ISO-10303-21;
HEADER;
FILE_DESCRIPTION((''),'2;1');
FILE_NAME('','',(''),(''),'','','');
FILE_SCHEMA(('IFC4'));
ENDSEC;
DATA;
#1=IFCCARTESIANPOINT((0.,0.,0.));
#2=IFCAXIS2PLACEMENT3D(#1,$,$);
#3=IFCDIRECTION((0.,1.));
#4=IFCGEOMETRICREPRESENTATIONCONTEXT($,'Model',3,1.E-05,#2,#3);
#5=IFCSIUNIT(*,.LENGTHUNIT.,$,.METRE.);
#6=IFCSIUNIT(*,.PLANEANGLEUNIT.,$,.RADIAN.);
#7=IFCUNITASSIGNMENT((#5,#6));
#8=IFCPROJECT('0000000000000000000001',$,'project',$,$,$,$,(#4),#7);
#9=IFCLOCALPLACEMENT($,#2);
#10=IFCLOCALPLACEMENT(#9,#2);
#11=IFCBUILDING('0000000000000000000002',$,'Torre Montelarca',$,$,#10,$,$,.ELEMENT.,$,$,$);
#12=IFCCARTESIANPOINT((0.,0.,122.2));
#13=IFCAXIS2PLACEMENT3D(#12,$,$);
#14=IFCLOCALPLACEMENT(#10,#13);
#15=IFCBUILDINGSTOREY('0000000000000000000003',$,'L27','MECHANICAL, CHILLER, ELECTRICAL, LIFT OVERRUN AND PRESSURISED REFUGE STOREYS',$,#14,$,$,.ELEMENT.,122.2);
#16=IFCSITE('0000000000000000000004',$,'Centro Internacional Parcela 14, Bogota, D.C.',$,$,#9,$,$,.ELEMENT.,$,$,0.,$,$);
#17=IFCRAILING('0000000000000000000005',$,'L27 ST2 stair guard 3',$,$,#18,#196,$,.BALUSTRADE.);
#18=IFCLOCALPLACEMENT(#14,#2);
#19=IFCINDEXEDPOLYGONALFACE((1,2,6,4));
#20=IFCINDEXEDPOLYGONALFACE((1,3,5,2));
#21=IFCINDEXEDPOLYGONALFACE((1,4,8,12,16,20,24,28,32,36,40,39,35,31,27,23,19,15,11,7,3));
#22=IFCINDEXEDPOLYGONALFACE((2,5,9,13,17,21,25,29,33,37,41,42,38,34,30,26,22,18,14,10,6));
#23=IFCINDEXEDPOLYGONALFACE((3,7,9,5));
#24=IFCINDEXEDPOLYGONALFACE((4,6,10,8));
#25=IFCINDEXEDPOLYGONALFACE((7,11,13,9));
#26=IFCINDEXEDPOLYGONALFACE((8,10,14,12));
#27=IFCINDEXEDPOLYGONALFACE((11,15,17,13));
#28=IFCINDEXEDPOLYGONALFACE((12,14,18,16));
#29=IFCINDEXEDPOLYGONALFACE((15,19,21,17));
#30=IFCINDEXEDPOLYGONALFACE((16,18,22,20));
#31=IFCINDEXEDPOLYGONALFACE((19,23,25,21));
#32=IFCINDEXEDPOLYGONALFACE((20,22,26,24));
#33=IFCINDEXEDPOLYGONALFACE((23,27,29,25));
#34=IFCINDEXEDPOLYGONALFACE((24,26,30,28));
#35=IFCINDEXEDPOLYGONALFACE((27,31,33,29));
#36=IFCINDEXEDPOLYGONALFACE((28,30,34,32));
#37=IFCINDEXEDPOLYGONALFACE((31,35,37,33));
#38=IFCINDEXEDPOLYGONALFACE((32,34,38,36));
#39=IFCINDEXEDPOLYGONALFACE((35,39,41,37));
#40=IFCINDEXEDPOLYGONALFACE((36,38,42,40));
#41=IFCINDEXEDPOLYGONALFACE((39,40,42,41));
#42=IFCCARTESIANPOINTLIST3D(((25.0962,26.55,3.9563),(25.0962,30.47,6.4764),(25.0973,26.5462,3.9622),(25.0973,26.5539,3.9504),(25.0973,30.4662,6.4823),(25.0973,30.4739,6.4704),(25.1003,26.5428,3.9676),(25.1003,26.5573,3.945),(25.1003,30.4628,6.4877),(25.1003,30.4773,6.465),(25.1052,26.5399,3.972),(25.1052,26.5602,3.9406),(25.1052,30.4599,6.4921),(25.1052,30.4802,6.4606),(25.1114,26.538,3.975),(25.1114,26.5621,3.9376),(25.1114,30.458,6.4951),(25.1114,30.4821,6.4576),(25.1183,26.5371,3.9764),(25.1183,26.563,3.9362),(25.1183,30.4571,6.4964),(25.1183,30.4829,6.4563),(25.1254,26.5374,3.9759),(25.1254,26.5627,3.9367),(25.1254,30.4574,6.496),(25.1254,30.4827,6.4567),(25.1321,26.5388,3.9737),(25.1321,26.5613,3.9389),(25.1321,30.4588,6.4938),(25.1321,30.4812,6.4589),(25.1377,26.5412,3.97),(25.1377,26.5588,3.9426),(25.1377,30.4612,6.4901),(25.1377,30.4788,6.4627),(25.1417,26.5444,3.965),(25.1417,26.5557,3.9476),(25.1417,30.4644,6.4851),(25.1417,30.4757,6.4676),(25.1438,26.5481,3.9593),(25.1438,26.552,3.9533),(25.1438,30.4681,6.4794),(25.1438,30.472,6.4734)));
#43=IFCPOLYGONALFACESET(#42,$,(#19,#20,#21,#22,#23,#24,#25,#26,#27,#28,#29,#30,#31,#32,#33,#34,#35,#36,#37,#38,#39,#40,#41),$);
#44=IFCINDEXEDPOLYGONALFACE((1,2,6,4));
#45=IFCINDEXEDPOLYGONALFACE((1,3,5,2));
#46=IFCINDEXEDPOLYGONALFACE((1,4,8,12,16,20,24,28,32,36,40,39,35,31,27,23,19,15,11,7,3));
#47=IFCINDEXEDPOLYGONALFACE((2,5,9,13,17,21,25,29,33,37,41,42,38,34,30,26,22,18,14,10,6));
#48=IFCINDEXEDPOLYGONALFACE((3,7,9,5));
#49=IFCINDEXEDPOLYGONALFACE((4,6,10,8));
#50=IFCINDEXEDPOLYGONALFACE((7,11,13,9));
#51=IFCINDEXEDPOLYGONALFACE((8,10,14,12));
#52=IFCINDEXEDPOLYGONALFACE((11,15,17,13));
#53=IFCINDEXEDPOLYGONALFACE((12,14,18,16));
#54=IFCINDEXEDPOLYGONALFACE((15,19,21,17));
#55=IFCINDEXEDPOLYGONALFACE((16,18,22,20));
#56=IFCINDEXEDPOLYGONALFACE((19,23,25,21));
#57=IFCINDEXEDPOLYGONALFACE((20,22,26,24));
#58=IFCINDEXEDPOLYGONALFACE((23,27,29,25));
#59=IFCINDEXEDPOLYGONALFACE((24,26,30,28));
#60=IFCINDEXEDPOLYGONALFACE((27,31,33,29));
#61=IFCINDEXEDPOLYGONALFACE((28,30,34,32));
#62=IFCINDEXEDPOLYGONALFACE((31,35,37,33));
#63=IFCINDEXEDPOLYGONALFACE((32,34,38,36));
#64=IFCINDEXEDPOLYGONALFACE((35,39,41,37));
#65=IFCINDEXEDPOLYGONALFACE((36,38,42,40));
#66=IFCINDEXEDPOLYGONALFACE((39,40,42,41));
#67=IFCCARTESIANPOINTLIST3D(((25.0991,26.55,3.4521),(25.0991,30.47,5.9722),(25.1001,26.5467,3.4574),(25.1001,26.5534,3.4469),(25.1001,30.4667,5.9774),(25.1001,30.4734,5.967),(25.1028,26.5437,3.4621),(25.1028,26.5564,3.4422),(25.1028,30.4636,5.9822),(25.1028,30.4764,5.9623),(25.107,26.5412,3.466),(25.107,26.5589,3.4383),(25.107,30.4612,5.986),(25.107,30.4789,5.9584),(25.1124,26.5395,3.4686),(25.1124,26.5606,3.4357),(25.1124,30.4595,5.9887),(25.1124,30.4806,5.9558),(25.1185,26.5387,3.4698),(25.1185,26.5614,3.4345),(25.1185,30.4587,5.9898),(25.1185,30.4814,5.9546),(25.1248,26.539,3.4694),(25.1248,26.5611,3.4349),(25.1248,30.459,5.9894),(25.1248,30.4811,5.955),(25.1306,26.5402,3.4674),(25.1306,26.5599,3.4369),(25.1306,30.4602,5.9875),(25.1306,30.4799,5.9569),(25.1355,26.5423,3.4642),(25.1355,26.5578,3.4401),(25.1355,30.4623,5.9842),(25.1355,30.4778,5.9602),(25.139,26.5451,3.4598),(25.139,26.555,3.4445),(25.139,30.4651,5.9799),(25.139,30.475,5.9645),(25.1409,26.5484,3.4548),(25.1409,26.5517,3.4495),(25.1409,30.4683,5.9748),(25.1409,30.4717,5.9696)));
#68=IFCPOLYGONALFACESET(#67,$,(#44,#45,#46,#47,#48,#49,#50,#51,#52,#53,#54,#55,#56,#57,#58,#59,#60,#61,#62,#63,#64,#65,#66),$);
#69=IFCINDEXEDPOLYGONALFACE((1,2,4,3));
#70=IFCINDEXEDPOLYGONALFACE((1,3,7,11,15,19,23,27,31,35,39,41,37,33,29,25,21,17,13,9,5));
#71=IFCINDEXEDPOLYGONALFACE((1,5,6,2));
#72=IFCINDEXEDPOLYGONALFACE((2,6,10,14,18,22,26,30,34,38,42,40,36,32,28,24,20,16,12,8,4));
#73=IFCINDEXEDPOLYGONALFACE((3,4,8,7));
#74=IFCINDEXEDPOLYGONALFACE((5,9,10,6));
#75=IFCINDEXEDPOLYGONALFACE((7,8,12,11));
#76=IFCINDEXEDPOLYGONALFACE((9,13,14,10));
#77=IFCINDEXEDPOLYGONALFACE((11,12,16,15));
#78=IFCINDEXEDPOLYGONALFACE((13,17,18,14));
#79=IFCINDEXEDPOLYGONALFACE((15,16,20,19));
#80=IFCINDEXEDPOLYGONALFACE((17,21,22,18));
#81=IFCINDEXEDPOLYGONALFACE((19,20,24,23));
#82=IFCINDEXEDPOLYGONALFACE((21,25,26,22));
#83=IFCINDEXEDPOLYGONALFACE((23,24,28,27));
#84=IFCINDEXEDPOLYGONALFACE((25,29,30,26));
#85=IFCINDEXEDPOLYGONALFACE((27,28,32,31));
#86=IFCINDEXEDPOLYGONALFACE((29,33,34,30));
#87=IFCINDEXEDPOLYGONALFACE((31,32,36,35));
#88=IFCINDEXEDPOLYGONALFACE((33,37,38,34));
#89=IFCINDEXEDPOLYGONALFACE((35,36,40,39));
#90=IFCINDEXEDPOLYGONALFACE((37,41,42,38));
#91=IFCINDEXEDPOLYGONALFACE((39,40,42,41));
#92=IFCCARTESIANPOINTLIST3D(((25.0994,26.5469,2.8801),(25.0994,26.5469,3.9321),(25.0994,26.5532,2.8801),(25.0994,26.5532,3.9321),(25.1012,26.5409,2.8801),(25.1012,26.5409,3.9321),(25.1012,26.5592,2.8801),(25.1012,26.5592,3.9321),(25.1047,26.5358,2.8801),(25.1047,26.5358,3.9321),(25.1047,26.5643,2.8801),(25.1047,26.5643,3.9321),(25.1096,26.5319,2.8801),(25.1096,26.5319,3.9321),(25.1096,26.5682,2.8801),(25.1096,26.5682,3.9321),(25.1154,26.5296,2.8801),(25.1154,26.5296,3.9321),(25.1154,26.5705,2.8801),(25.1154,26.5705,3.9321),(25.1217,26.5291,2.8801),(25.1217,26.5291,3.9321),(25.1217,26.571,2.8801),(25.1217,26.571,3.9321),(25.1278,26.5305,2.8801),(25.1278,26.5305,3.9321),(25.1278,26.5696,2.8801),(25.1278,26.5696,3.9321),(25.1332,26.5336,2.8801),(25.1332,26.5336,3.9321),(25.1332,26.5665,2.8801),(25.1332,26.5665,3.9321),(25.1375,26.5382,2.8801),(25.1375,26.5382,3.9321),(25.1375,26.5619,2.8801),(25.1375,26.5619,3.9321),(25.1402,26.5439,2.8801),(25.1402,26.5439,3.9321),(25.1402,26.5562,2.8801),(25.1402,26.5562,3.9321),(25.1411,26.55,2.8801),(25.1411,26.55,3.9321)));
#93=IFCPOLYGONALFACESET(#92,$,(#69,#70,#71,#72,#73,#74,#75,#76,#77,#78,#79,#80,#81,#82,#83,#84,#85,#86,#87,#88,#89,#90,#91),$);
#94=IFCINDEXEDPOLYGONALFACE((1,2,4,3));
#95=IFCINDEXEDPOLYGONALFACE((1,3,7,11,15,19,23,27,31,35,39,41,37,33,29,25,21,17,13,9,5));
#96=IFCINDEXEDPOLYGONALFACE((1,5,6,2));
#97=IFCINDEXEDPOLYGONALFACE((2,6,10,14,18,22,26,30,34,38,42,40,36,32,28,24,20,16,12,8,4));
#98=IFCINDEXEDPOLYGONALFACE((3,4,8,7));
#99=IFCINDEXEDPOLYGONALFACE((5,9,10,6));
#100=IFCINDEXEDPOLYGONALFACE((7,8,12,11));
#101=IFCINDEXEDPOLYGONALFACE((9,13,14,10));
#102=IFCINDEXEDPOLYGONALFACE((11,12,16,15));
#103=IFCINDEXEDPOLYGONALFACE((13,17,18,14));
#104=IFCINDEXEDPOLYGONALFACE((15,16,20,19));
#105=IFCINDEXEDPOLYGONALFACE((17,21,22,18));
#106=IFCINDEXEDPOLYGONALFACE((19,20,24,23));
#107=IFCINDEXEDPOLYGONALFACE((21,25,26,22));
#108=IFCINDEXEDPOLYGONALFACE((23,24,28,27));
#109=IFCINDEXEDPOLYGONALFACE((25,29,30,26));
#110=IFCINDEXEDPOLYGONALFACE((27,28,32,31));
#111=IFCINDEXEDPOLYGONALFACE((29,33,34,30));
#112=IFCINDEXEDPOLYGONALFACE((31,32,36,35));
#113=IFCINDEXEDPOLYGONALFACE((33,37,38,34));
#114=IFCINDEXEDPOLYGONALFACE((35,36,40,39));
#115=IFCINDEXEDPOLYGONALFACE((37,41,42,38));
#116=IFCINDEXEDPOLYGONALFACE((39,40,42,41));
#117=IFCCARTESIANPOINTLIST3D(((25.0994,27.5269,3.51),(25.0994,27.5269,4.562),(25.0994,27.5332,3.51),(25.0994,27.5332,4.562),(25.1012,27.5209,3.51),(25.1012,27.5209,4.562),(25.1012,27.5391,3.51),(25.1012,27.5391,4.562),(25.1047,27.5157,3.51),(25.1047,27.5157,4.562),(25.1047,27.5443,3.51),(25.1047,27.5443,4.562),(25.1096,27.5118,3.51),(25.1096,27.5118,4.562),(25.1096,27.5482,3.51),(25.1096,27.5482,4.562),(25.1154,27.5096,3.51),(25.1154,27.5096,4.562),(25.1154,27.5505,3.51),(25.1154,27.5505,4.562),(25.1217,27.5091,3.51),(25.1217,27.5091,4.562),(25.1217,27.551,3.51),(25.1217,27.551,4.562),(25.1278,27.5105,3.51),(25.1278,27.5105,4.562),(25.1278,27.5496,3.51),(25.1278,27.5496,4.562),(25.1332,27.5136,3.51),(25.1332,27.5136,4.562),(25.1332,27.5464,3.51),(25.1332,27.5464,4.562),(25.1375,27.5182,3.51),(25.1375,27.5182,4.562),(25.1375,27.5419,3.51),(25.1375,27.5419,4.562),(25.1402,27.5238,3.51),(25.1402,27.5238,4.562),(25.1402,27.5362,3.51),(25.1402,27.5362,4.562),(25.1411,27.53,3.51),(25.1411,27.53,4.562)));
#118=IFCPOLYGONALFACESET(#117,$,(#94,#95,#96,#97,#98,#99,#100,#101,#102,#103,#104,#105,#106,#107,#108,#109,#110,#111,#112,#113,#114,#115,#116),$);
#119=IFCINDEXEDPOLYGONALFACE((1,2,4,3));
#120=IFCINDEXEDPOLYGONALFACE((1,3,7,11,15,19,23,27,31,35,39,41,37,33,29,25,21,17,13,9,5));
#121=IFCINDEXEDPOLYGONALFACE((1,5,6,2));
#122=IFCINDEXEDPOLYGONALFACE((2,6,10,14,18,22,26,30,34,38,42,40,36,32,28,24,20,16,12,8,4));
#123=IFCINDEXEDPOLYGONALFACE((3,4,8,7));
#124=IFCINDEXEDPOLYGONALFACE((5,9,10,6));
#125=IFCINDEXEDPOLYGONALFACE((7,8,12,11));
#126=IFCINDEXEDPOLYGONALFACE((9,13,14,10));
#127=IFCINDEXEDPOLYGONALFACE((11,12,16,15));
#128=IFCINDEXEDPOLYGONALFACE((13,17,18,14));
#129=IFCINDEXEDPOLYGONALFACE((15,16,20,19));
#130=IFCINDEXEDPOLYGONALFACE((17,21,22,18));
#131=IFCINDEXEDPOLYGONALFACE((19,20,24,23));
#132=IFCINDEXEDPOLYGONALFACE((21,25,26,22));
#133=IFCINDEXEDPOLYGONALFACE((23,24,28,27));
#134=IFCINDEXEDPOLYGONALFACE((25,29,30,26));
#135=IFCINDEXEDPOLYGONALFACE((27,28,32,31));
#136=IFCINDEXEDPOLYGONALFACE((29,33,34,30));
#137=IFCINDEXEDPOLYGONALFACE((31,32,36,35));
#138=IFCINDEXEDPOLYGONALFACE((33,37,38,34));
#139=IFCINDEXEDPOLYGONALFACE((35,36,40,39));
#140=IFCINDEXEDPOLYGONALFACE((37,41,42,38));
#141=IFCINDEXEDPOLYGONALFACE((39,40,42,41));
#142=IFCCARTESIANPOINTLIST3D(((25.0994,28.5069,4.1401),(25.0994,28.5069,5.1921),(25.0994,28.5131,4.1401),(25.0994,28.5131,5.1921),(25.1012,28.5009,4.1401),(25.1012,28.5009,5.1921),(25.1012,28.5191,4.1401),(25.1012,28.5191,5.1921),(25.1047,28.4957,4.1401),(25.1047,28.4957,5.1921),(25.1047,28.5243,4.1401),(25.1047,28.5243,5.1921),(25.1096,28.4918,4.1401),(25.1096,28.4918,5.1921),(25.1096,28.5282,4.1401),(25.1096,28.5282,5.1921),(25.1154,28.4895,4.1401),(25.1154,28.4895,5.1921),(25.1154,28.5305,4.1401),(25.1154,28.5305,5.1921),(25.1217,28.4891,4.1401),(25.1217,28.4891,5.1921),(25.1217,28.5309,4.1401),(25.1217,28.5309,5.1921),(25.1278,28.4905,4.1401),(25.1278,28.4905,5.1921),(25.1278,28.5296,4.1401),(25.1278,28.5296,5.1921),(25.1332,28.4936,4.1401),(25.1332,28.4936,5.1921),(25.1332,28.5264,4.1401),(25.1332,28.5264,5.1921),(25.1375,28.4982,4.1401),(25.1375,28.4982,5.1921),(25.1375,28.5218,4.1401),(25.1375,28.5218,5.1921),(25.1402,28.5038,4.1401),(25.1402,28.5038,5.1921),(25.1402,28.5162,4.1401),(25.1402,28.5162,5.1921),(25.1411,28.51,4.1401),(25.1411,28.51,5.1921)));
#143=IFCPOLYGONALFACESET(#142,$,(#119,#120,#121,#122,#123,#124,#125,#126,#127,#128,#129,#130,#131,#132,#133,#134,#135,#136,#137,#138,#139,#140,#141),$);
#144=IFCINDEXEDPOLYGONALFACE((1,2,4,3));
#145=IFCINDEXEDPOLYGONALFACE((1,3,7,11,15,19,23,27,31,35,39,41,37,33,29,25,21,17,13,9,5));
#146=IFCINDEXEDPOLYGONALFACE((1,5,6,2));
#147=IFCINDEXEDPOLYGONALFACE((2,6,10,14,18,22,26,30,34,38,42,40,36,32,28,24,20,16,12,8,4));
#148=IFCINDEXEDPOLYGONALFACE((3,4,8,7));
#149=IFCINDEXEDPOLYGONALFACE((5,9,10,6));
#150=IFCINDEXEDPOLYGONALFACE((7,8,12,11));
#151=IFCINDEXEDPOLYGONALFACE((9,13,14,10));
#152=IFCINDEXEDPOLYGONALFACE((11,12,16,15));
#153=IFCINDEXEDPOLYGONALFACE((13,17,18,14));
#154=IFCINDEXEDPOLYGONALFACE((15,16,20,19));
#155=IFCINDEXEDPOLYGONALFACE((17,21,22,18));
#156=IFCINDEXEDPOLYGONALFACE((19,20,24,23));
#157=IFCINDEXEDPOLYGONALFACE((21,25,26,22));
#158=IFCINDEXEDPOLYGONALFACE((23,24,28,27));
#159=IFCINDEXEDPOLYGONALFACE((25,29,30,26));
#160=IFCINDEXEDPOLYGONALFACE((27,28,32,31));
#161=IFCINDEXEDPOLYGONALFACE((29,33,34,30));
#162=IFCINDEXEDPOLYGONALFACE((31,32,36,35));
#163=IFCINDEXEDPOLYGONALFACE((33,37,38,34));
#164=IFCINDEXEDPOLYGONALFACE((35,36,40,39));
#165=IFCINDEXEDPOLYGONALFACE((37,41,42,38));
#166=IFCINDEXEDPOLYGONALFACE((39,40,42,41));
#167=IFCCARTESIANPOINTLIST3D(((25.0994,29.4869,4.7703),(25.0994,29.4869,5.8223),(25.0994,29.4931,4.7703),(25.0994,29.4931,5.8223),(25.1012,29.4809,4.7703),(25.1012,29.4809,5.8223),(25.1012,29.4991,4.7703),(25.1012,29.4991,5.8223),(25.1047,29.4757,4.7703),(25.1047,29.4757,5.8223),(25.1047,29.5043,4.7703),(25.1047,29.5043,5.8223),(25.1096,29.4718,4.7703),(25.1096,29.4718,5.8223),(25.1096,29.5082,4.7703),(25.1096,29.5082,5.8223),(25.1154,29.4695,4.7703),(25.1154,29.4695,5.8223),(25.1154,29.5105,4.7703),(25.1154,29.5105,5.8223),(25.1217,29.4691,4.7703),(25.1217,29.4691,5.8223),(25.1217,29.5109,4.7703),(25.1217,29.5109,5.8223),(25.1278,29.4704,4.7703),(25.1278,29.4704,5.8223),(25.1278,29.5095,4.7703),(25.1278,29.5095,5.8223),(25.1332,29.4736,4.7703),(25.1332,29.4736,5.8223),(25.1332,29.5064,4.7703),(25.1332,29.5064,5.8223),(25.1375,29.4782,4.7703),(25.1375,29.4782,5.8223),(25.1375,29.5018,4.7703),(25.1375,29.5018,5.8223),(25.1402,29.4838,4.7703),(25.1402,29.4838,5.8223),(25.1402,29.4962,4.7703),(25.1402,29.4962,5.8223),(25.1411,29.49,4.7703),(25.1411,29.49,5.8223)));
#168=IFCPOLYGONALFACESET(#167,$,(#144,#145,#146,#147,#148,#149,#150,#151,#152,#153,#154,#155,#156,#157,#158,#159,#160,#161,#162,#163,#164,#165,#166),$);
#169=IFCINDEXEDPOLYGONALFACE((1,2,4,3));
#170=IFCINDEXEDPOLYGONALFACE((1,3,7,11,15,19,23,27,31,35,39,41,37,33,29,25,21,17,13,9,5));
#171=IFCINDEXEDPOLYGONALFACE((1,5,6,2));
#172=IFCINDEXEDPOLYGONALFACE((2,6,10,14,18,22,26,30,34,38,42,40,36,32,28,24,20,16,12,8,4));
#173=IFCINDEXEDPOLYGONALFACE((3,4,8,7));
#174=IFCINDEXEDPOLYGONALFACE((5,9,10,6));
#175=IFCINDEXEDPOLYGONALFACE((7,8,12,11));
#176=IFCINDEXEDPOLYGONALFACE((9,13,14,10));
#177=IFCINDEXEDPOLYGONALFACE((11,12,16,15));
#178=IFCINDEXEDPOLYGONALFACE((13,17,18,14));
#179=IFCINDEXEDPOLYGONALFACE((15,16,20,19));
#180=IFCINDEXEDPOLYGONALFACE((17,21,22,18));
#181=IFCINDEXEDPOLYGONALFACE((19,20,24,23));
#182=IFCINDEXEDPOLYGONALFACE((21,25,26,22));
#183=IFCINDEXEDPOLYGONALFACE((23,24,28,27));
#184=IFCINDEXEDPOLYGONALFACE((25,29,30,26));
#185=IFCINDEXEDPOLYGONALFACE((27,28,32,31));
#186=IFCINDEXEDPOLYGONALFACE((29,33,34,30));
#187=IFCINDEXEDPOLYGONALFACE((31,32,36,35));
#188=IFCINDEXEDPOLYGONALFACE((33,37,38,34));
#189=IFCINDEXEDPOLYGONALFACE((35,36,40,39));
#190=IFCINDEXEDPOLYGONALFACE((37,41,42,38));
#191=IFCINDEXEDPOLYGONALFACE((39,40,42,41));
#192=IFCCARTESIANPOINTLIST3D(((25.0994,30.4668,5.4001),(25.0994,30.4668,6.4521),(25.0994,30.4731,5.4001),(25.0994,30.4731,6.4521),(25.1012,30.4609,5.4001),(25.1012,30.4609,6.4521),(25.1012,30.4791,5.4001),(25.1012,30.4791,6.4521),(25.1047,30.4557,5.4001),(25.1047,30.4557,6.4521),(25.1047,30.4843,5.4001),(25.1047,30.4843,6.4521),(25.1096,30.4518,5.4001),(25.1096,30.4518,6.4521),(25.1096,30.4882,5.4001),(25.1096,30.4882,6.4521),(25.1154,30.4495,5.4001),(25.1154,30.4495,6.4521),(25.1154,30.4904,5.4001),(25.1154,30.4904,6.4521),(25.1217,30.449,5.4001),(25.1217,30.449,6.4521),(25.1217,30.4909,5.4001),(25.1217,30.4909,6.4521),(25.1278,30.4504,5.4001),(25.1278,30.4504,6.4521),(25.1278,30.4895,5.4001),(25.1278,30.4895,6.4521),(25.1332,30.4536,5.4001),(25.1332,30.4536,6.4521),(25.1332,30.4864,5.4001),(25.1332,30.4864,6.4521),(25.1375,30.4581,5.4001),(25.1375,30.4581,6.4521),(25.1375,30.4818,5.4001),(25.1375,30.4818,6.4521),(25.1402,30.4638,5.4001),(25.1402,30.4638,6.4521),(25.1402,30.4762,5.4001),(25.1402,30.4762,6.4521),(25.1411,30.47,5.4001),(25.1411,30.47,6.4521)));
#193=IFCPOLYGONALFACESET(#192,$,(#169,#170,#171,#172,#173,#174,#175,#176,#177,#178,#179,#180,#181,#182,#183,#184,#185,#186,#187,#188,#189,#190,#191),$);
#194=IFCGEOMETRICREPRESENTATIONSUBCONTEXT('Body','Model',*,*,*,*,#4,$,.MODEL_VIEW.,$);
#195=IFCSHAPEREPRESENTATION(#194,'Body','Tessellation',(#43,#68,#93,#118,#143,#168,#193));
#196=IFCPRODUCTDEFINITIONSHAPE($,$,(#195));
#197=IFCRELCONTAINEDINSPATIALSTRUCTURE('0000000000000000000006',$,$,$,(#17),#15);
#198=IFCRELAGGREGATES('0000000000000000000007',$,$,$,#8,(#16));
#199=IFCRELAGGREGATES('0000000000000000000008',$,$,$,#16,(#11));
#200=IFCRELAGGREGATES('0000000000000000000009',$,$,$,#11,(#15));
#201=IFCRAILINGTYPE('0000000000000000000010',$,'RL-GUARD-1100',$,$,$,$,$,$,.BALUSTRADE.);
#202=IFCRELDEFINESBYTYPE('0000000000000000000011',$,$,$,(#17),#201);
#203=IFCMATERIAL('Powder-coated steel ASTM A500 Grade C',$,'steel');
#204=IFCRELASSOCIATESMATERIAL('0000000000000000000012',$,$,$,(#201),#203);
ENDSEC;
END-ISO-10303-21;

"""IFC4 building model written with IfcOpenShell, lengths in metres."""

from ifc_helpers import new_model, si_unit, direction, frame, origin, origin_2d, place, context, subcontext, project, spatial, circle, extrude, material, type_object, element, save


model = new_model("IFC4")

# Units and contexts
model_context = context("Model", 3, precision=1e-05, world=origin(), true_north=direction((0.0, 1.0)))
body_context = subcontext(model_context, "Body", "Model", "MODEL_VIEW")
ifc_project = project(units=[si_unit("LENGTHUNIT", "METRE"), si_unit("PLANEANGLEUNIT", "RADIAN")], contexts=[model_context])

# Site, building, storey
site_placement = place(None, origin())
site = spatial("IfcSite", under=ifc_project, at=site_placement, Name="Centro Internacional Parcela 14, Bogota, D.C.", CompositionType="ELEMENT", RefElevation=0.0)
building_placement = place(site_placement, origin())
building = spatial("IfcBuilding", under=site, at=building_placement, Name="Torre Montelarca", CompositionType="ELEMENT")
storey_placement = place(building_placement, frame((0.0, 0.0, 122.2)))
storey = spatial("IfcBuildingStorey", under=building, at=storey_placement, Name="L27", Description="MECHANICAL, CHILLER, ELECTRICAL, LIFT OVERRUN AND PRESSURISED REFUGE STOREYS", CompositionType="ELEMENT", Elevation=122.2)

# Railing
ifc_material_1 = material(Name="Powder-coated steel ASTM A500 Grade C", Category="steel")
railing_type_1 = type_object("IfcRailingType", Name="RL-GUARD-1100", PredefinedType="BALUSTRADE", material=ifc_material_1)
railing_1_placement = place(storey_placement, frame((25.1201, 26.55, 2.8801)))
element("IfcRailing", 1, at=railing_1_placement, inside=storey, type_object=railing_type_1, Name="L27 ST2 stair guard 3", PredefinedType="BALUSTRADE", context=body_context, shape_type="SweptSolid", body=[
    extrude(circle(Radius=0.0239, at=origin_2d()), frame((0.0, 0.0, 1.0762), z_axis=(0.0, 0.841172, 0.540768), x_axis=(-1.0, 0.0, 0.0)), (0.0, 0.0, 1.0), 4.6602),
    extrude(circle(Radius=0.021, at=origin_2d()), frame((0.0, 0.0, 0.572), z_axis=(0.0, 0.841172, 0.540768), x_axis=(-1.0, 0.0, 0.0)), (0.0, 0.0, 1.0), 4.6602),
    extrude(circle(Radius=0.021, at=origin_2d()), origin(), (0.0, 0.0, 1.0), 1.052),
    extrude(circle(Radius=0.021, at=origin_2d()), frame((0.0, 0.98, 0.6299)), (0.0, 0.0, 1.0), 1.052),
    extrude(circle(Radius=0.021, at=origin_2d()), frame((0.0, 1.96, 1.26)), (0.0, 0.0, 1.0), 1.052),
    extrude(circle(Radius=0.021, at=origin_2d()), frame((0.0, 2.9399, 1.8901)), (0.0, 0.0, 1.0), 1.052),
    extrude(circle(Radius=0.021, at=origin_2d()), frame((0.0, 3.9199, 2.52)), (0.0, 0.0, 1.0), 1.052),
])

save(model, "model.ifc")
